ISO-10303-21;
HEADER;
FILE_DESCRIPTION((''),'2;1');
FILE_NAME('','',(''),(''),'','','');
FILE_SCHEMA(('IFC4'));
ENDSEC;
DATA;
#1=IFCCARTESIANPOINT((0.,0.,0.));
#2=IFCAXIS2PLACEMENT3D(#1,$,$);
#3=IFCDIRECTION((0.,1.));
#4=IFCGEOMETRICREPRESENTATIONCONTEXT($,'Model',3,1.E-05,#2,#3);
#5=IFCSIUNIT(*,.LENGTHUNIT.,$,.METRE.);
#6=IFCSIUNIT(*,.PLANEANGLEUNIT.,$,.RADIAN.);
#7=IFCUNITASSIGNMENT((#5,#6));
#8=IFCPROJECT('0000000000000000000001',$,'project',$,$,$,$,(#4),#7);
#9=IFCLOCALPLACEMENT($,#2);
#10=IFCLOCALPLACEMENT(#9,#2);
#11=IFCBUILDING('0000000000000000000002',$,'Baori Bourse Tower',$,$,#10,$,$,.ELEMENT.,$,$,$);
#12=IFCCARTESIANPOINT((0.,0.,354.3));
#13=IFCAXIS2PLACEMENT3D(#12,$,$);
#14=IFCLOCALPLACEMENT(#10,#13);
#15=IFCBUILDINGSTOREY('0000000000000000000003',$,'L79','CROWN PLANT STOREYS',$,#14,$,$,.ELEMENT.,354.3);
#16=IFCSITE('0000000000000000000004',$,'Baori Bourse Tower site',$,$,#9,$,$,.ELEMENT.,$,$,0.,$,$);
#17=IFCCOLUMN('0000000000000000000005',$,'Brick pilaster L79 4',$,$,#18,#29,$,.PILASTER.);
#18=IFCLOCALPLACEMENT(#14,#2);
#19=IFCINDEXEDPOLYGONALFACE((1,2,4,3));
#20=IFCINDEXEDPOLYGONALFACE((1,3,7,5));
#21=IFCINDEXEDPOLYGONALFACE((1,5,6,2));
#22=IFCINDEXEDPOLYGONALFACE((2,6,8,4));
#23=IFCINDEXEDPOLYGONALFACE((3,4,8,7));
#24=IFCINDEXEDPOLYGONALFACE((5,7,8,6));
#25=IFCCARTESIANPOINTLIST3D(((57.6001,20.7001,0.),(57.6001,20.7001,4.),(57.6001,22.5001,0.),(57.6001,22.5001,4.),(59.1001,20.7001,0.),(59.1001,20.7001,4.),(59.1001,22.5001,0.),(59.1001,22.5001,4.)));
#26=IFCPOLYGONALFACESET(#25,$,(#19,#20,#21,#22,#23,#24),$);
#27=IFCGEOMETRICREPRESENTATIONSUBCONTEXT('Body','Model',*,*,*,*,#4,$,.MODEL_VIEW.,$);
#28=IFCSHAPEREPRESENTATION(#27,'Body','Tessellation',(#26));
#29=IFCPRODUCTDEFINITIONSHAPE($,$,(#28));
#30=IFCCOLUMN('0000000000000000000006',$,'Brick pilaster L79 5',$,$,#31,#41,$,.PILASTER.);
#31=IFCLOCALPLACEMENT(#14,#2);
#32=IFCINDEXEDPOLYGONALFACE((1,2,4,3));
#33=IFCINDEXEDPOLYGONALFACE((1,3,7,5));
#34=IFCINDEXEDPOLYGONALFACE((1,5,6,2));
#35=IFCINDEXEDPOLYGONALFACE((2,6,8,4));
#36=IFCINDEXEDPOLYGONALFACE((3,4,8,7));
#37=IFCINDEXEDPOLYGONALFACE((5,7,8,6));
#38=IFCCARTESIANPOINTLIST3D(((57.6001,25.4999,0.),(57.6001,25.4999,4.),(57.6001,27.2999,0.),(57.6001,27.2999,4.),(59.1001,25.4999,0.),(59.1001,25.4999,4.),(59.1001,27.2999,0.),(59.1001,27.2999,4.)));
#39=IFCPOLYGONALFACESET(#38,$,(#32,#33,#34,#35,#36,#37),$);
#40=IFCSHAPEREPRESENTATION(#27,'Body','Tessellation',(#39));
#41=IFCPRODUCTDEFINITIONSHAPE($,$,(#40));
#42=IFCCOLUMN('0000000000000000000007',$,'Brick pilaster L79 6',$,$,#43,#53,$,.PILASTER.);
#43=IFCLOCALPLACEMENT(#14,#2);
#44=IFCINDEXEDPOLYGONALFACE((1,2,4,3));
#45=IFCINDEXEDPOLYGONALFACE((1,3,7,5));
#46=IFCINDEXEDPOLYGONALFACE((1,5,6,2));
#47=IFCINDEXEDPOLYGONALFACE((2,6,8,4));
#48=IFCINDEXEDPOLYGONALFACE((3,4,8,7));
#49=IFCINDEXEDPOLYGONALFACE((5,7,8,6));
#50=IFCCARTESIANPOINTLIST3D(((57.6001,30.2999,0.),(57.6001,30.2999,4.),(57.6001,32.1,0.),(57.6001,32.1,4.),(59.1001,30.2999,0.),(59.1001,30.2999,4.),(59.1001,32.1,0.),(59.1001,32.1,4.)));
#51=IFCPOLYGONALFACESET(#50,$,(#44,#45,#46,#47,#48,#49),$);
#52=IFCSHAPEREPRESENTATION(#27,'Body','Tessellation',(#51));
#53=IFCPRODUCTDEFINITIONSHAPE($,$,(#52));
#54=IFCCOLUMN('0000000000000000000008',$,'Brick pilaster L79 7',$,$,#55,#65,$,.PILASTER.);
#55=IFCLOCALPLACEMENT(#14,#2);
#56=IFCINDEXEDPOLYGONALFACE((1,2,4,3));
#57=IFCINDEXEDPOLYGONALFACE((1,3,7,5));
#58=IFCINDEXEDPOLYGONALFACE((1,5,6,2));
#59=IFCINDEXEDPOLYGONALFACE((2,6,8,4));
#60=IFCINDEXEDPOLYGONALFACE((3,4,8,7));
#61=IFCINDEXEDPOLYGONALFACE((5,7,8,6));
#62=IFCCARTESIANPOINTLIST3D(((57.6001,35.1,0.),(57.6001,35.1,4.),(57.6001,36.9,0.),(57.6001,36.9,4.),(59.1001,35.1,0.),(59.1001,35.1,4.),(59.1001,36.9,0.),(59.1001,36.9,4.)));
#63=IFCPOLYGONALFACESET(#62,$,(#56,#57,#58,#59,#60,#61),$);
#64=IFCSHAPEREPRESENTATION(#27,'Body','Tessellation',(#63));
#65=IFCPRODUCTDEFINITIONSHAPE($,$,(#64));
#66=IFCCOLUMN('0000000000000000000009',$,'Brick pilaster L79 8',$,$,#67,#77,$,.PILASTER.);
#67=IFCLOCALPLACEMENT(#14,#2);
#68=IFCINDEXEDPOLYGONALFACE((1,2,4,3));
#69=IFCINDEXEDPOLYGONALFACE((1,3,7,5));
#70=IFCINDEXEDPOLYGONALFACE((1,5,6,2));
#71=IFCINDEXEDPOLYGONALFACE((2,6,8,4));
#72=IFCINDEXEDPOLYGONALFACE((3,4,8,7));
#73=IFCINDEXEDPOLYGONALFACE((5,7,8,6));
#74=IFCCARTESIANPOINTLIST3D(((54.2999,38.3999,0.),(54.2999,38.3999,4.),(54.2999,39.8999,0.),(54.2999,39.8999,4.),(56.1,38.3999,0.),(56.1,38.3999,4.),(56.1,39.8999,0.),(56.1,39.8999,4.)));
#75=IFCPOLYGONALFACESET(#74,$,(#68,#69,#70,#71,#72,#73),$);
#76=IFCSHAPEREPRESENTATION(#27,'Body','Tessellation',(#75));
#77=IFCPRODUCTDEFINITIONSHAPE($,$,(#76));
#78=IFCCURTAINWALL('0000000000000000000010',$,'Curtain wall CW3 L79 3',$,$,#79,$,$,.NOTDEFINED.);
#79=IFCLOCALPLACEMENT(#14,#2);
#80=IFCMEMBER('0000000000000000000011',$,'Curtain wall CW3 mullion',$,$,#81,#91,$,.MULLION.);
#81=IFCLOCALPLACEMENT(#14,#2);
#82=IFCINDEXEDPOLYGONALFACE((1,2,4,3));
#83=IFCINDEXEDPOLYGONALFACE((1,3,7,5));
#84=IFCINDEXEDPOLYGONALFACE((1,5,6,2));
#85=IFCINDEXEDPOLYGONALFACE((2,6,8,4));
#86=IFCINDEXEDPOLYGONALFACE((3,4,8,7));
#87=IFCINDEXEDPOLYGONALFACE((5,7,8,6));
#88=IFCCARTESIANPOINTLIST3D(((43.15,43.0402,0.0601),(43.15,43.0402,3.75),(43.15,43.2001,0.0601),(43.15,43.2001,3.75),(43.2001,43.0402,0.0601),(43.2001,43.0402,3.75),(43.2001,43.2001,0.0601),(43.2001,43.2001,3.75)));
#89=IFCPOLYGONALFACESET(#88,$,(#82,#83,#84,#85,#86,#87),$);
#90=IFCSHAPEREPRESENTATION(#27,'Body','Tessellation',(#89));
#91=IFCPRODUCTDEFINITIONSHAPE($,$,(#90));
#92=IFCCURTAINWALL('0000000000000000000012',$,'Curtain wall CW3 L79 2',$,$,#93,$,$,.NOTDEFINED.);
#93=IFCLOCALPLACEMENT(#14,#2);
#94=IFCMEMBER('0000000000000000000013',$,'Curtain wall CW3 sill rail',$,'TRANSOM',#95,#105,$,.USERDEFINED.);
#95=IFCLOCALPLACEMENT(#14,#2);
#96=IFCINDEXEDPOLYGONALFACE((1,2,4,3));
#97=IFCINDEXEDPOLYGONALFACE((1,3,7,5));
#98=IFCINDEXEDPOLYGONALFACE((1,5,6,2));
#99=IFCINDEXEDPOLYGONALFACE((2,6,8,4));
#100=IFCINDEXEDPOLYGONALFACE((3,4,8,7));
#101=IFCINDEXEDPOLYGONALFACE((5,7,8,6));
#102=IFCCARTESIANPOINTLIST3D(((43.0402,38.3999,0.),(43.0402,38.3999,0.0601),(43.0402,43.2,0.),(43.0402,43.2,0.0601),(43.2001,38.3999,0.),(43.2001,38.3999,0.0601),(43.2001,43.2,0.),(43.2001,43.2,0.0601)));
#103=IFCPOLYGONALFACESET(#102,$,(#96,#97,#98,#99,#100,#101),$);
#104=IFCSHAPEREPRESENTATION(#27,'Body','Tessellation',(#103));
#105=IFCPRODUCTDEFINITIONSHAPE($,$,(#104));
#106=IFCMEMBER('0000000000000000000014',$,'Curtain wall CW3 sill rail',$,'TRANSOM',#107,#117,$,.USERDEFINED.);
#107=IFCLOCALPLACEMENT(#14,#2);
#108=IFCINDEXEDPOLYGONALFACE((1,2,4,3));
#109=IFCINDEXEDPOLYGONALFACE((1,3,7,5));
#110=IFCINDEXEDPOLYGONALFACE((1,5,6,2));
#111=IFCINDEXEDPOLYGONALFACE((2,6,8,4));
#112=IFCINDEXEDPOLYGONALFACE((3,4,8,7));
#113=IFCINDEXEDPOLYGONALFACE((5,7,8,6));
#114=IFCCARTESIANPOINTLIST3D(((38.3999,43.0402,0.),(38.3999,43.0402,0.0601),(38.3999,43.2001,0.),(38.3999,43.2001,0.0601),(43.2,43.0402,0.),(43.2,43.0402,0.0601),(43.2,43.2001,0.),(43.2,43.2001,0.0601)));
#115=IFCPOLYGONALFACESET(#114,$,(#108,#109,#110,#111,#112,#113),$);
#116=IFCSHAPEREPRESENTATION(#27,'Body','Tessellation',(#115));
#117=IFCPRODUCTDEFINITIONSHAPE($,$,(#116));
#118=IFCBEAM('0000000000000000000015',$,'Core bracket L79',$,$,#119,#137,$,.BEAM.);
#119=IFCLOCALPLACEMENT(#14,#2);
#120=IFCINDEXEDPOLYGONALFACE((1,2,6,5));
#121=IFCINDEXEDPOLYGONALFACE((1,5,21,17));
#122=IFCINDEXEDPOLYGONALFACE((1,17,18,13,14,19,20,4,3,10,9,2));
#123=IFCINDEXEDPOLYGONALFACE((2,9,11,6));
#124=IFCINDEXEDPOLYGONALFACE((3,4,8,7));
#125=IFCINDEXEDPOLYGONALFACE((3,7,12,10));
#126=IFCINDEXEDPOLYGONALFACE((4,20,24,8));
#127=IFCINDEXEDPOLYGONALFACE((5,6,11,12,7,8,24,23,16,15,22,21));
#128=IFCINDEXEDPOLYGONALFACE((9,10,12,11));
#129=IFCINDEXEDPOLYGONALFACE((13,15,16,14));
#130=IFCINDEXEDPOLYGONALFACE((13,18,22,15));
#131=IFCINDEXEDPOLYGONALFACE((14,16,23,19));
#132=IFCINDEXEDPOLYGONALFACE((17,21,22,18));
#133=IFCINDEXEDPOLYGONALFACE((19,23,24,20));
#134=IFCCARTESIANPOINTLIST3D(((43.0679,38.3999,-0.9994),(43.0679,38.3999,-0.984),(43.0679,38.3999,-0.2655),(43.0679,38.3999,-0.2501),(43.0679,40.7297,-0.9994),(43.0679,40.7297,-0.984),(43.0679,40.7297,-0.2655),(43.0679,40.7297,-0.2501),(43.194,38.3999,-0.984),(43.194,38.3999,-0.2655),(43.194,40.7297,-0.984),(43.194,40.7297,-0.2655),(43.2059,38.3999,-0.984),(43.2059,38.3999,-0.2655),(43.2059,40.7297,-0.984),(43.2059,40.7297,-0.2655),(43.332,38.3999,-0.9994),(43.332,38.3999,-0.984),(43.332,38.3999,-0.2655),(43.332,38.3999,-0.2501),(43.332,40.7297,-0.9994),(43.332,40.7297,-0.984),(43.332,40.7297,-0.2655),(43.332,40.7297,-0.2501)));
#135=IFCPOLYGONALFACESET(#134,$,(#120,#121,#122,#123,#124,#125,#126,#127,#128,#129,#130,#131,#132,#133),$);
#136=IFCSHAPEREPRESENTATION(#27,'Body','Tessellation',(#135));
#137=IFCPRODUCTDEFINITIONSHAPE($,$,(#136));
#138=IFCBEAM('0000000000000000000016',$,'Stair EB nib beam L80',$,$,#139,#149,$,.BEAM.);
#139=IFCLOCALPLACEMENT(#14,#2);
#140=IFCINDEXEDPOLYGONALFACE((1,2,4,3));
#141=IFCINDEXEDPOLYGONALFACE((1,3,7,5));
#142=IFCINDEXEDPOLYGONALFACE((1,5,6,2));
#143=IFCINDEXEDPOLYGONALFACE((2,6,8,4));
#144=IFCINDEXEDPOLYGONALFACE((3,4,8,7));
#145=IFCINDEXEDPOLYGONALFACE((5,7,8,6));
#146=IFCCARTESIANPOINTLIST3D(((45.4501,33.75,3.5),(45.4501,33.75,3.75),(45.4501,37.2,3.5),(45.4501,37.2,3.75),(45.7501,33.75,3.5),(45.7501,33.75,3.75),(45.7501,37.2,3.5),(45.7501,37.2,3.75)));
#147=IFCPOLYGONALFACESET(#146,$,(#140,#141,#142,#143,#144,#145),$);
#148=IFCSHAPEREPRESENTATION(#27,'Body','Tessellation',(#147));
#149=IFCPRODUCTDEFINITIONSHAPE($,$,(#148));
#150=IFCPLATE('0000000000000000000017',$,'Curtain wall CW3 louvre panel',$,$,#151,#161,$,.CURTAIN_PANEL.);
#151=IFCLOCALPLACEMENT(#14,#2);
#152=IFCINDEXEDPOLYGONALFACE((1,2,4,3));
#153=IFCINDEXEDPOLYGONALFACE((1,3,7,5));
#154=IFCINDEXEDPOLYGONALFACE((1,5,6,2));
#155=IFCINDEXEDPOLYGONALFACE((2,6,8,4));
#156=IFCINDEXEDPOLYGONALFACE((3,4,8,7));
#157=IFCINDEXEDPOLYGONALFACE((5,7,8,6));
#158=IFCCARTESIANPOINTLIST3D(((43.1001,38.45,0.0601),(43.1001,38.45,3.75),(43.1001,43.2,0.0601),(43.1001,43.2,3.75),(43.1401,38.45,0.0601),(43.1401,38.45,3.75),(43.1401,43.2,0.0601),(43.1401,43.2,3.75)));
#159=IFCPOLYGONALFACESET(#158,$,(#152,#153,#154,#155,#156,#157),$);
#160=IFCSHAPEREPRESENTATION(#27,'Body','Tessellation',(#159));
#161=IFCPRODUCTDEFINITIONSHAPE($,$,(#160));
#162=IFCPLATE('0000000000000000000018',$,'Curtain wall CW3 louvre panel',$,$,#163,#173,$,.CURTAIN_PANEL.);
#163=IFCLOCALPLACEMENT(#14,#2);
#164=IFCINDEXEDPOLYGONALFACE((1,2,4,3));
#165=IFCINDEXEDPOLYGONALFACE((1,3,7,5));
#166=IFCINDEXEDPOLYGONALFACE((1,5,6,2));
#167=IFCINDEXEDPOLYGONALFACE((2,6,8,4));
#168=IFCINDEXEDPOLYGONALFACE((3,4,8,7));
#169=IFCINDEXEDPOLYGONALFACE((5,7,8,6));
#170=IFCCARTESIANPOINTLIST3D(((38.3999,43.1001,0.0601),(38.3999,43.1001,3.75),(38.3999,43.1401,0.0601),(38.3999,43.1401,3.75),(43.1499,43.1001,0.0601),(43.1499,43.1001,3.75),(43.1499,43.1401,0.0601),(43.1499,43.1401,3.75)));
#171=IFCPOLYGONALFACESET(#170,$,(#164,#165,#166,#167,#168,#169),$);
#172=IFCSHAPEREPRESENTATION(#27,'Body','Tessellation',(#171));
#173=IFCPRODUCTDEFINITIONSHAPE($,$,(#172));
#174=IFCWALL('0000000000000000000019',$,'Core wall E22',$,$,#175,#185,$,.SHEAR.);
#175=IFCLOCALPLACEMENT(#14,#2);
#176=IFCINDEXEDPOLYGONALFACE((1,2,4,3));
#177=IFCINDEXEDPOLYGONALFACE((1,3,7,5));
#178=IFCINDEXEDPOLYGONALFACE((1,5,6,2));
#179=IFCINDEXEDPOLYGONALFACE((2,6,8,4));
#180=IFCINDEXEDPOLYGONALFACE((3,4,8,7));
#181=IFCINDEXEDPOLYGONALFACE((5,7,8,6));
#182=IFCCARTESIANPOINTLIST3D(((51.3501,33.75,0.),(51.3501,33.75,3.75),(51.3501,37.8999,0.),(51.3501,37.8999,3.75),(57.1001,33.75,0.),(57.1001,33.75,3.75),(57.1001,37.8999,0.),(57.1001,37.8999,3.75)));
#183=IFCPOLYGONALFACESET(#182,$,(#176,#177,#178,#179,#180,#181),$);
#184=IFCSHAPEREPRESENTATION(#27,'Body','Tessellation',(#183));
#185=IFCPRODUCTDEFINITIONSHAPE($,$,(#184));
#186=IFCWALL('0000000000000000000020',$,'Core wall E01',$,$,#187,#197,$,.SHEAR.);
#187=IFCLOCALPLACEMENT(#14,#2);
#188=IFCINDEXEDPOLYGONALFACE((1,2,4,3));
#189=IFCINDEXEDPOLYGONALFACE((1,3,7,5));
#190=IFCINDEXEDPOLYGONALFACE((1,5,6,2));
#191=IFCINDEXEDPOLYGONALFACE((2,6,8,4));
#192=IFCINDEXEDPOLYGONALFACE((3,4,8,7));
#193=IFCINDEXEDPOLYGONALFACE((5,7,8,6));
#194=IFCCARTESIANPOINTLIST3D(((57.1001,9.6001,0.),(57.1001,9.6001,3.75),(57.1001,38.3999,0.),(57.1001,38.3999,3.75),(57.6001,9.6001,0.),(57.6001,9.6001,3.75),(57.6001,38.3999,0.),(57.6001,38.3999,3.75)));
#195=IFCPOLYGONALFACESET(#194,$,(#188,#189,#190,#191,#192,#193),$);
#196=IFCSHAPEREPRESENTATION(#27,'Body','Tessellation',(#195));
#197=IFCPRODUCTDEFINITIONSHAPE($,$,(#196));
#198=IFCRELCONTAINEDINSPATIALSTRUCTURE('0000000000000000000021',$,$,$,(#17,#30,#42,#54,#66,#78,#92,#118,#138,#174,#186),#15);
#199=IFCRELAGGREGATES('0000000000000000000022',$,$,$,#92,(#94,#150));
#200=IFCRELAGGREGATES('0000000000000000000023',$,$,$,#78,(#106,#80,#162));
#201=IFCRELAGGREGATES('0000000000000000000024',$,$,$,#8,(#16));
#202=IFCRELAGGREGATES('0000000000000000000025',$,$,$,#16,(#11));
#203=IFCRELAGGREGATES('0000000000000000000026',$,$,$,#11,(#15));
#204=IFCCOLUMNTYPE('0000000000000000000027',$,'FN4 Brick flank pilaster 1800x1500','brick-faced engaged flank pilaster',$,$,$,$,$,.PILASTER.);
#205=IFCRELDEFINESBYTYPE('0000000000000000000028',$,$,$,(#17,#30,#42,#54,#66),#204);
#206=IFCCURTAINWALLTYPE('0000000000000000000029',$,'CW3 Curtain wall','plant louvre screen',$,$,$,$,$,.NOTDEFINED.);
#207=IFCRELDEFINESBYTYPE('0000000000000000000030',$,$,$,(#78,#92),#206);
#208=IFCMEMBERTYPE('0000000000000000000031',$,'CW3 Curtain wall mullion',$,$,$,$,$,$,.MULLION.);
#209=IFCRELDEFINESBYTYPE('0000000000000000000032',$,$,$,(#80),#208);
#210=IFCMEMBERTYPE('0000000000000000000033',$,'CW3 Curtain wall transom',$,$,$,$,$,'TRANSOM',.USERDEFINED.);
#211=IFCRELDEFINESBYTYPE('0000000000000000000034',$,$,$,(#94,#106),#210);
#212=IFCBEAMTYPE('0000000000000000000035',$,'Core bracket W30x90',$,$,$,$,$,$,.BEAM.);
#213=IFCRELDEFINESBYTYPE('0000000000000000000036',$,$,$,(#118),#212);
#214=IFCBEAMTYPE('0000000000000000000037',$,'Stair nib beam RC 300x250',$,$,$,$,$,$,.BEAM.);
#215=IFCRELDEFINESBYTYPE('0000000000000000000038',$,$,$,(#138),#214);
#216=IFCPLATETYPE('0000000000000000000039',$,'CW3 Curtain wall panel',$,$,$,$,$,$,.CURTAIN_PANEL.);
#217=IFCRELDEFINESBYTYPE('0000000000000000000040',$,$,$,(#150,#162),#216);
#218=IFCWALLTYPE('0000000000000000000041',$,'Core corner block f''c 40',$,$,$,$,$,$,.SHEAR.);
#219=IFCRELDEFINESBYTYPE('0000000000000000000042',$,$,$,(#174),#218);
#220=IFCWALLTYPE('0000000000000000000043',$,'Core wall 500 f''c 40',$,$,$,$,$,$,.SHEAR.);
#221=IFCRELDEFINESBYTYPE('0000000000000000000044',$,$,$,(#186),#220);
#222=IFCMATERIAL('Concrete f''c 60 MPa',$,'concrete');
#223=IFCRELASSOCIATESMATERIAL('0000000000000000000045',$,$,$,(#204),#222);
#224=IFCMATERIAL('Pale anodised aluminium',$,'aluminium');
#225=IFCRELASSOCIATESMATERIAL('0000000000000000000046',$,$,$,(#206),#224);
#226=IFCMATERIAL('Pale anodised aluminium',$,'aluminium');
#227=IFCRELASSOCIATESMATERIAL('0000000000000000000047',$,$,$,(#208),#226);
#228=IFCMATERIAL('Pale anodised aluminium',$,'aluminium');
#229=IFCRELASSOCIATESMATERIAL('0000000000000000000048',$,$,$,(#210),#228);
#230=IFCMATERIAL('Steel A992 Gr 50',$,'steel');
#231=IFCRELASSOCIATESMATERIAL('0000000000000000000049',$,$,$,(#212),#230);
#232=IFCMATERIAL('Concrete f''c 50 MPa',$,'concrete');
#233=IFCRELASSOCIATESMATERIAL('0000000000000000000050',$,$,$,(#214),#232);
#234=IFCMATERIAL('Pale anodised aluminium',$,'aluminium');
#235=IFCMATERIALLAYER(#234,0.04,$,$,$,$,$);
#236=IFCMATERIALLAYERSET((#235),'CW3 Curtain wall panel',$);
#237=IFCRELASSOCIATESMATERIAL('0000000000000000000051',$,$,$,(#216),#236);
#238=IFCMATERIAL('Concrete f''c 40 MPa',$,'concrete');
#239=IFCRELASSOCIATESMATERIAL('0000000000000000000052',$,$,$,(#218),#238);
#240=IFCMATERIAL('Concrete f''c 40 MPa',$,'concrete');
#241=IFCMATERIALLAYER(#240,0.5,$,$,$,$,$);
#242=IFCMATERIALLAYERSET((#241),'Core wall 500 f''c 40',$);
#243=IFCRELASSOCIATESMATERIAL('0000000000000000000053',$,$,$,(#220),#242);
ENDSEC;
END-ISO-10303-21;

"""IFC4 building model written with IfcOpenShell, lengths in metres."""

from ifc_helpers import new_model, si_unit, direction, frame, frame_2d, origin, origin_2d, place, context, subcontext, project, spatial, rectangle, i_section, extrude, material, layer, layer_set, material_profile, profile_set, type_object, element, aggregate, save


model = new_model("IFC4")

# Units and contexts
model_context = context("Model", 3, precision=1e-05, world=origin(), true_north=direction((0.0, 1.0)))
body_context = subcontext(model_context, "Body", "Model", "MODEL_VIEW")
ifc_project = project(units=[si_unit("LENGTHUNIT", "METRE"), si_unit("PLANEANGLEUNIT", "RADIAN")], contexts=[model_context])

# Site, building, storey
site_placement = place(None, origin())
site = spatial("IfcSite", under=ifc_project, at=site_placement, Name="Baori Bourse Tower site", CompositionType="ELEMENT", RefElevation=0.0)
building_placement = place(site_placement, origin())
building = spatial("IfcBuilding", under=site, at=building_placement, Name="Baori Bourse Tower", CompositionType="ELEMENT")
storey_placement = place(building_placement, frame((0.0, 0.0, 354.3)))
storey = spatial("IfcBuildingStorey", under=building, at=storey_placement, Name="L79", Description="CROWN PLANT STOREYS", CompositionType="ELEMENT", Elevation=354.3)

# Columns
ifc_material_1 = material(Name="Concrete f'c 60 MPa", Category="concrete")
ifc_material_profile_1 = material_profile(ifc_material_1, rectangle(XDim=1.8, YDim=1.5, at=origin_2d()), Name="RC 1800x1500")
ifc_profile_set_1 = profile_set([ifc_material_profile_1], Name="Concrete f'c 60 MPa")
column_type = type_object("IfcColumnType", Name="FN4 Brick flank pilaster 1800x1500", Description="brick-faced engaged flank pilaster", PredefinedType="PILASTER", material=ifc_profile_set_1)
for number, where, z_axis, x_axis, name in (
    (1, (58.3501, 21.6001, 0.0), (0.0, 0.0, 1.0), (0.0, 1.0, 0.0), "Brick pilaster L79 4"),
    (2, (58.3501, 26.3999, 0.0), (0.0, 0.0, 1.0), (0.0, 1.0, 0.0), "Brick pilaster L79 5"),
    (3, (58.3501, 31.2, 0.0), (0.0, 0.0, 1.0), (0.0, 1.0, 0.0), "Brick pilaster L79 6"),
    (4, (58.3501, 36.0, 0.0), (0.0, 0.0, 1.0), (0.0, 1.0, 0.0), "Brick pilaster L79 7"),
    (5, (55.2, 39.1499, 0.0), (0.0, 0.0, 1.0), (1.0, 0.0, 0.0), "Brick pilaster L79 8"),
):
    element("IfcColumn", number, at=place(storey_placement, frame(where, z_axis=z_axis, x_axis=x_axis)), inside=storey, type_object=column_type, Name=name, PredefinedType="PILASTER", context=body_context, shape_type="SweptSolid", body=[
        extrude(rectangle(XDim=1.8, YDim=1.5, at=origin_2d()), origin(), (0.0, 0.0, 1.0), 4.0),
    ])

# Curtain walls, members
ifc_material_2 = material(Name="Pale anodised aluminium", Category="aluminium")
curtain_wall_type = type_object("IfcCurtainWallType", Name="CW3 Curtain wall", Description="plant louvre screen", PredefinedType="NOTDEFINED", material=ifc_material_2)
curtain_wall_1_placement = place(storey_placement, origin())
curtain_wall_1 = element("IfcCurtainWall", 6, at=curtain_wall_1_placement, inside=storey, type_object=curtain_wall_type, Name="Curtain wall CW3 L79 3", PredefinedType="NOTDEFINED")
ifc_material_3 = material(Name="Pale anodised aluminium", Category="aluminium")
ifc_material_profile_2 = material_profile(ifc_material_3, rectangle(XDim=0.1599, YDim=0.05, at=origin_2d()), Name="Mullion 50x160")
ifc_profile_set_2 = profile_set([ifc_material_profile_2], Name="Pale anodised aluminium")
member_type_1 = type_object("IfcMemberType", Name="CW3 Curtain wall mullion", PredefinedType="MULLION", material=ifc_profile_set_2)
member_1_placement = place(storey_placement, frame((43.175, 43.1201, 0.0601), z_axis=(0.0, 0.0, 1.0), x_axis=(0.0, -1.0, 0.0)))
member_1 = element("IfcMember", 7, at=member_1_placement, type_object=member_type_1, Name="Curtain wall CW3 mullion", PredefinedType="MULLION", context=body_context, shape_type="SweptSolid", body=[
    extrude(rectangle(XDim=0.1599, YDim=0.05, at=origin_2d()), origin(), (0.0, 0.0, 1.0), 3.6899),
])
curtain_wall_2_placement = place(storey_placement, origin())
curtain_wall_2 = element("IfcCurtainWall", 8, at=curtain_wall_2_placement, inside=storey, type_object=curtain_wall_type, Name="Curtain wall CW3 L79 2", PredefinedType="NOTDEFINED")
ifc_material_4 = material(Name="Pale anodised aluminium", Category="aluminium")
ifc_material_profile_3 = material_profile(ifc_material_4, rectangle(XDim=0.1599, YDim=0.0601, at=origin_2d()), Name="Transom 60x160")
ifc_profile_set_3 = profile_set([ifc_material_profile_3], Name="Pale anodised aluminium")
member_type_2 = type_object("IfcMemberType", Name="CW3 Curtain wall transom", ElementType="TRANSOM", PredefinedType="USERDEFINED", material=ifc_profile_set_3)
member_2_placement = place(storey_placement, frame((43.1201, 38.3999, 0.03), z_axis=(0.0, 1.0, 0.0), x_axis=(-1.0, 0.0, 0.0)))
member_2 = element("IfcMember", 9, at=member_2_placement, type_object=member_type_2, Name="Curtain wall CW3 sill rail", ObjectType="TRANSOM", PredefinedType="USERDEFINED", context=body_context, shape_type="SweptSolid", body=[
    extrude(rectangle(XDim=0.1599, YDim=0.0601, at=origin_2d()), origin(), (0.0, 0.0, 1.0), 4.8),
])

# Member
member_3_placement = place(storey_placement, frame((43.2, 43.1201, 0.03), z_axis=(-1.0, 0.0, 0.0), x_axis=(0.0, -1.0, 0.0)))
member_3 = element("IfcMember", 10, at=member_3_placement, type_object=member_type_2, Name="Curtain wall CW3 sill rail", ObjectType="TRANSOM", PredefinedType="USERDEFINED", context=body_context, shape_type="SweptSolid", body=[
    extrude(rectangle(XDim=0.1599, YDim=0.0601, at=origin_2d()), origin(), (0.0, 0.0, 1.0), 4.8),
])

# Beams
ifc_material_5 = material(Name="Steel A992 Gr 50", Category="steel")
ifc_material_profile_4 = material_profile(ifc_material_5, i_section(OverallWidth=0.2642, OverallDepth=0.7493, WebThickness=0.012, FlangeThickness=0.0154, at=origin_2d()), Name="W30x90")
ifc_profile_set_4 = profile_set([ifc_material_profile_4], Name="Steel A992 Gr 50")
beam_type_1 = type_object("IfcBeamType", Name="Core bracket W30x90", PredefinedType="BEAM", material=ifc_profile_set_4)
beam_1_placement = place(storey_placement, frame((43.2, 38.3999, -0.6248), z_axis=(0.0, 1.0, 0.0), x_axis=(-1.0, 0.0, 0.0)))
element("IfcBeam", 11, at=beam_1_placement, inside=storey, type_object=beam_type_1, Name="Core bracket L79", PredefinedType="BEAM", context=body_context, shape_type="SweptSolid", body=[
    extrude(i_section(OverallWidth=0.2642, OverallDepth=0.7493, WebThickness=0.012, FlangeThickness=0.0154, at=origin_2d()), origin(), (0.0, 0.0, 1.0), 2.3298),
])
ifc_material_6 = material(Name="Concrete f'c 50 MPa", Category="concrete")
ifc_material_profile_5 = material_profile(ifc_material_6, rectangle(XDim=0.3, YDim=0.25, at=origin_2d()), Name="RC 300x250")
ifc_profile_set_5 = profile_set([ifc_material_profile_5], Name="Concrete f'c 50 MPa")
beam_type_2 = type_object("IfcBeamType", Name="Stair nib beam RC 300x250", PredefinedType="BEAM", material=ifc_profile_set_5)
beam_2_placement = place(storey_placement, frame((45.6001, 33.75, 3.625), z_axis=(0.0, 1.0, 0.0), x_axis=(-1.0, 0.0, 0.0)))
element("IfcBeam", 12, at=beam_2_placement, inside=storey, type_object=beam_type_2, Name="Stair EB nib beam L80", PredefinedType="BEAM", context=body_context, shape_type="SweptSolid", body=[
    extrude(rectangle(XDim=0.3, YDim=0.25, at=origin_2d()), origin(), (0.0, 0.0, 1.0), 3.45),
])

# Plates
ifc_material_7 = material(Name="Pale anodised aluminium", Category="aluminium")
ifc_layer_1 = layer(ifc_material_7, 0.04)
ifc_layer_set_1 = layer_set([ifc_layer_1], Name="CW3 Curtain wall panel")
plate_type = type_object("IfcPlateType", Name="CW3 Curtain wall panel", PredefinedType="CURTAIN_PANEL", material=ifc_layer_set_1)
plate_1_placement = place(storey_placement, frame((43.1201, 40.825, 0.0601), z_axis=(0.0, 0.0, 1.0), x_axis=(0.0, 1.0, 0.0)))
plate_1 = element("IfcPlate", 13, at=plate_1_placement, type_object=plate_type, Name="Curtain wall CW3 louvre panel", PredefinedType="CURTAIN_PANEL", context=body_context, shape_type="SweptSolid", body=[
    extrude(rectangle(XDim=4.75, YDim=0.04, at=origin_2d()), origin(), (0.0, 0.0, 1.0), 3.6899),
])
aggregate(curtain_wall_2, [member_2, plate_1])
plate_2_placement = place(storey_placement, frame((40.7749, 43.1201, 0.0601), z_axis=(0.0, 0.0, 1.0), x_axis=(-1.0, 0.0, 0.0)))
plate_2 = element("IfcPlate", 14, at=plate_2_placement, type_object=plate_type, Name="Curtain wall CW3 louvre panel", PredefinedType="CURTAIN_PANEL", context=body_context, shape_type="SweptSolid", body=[
    extrude(rectangle(XDim=4.75, YDim=0.04, at=origin_2d()), origin(), (0.0, 0.0, 1.0), 3.6899),
])
aggregate(curtain_wall_1, [member_3, member_1, plate_2])

# Walls
ifc_material_8 = material(Name="Concrete f'c 40 MPa", Category="concrete")
wall_type_1 = type_object("IfcWallType", Name="Core corner block f'c 40", PredefinedType="SHEAR", material=ifc_material_8)
wall_1_placement = place(storey_placement, frame((51.3501, 35.825, 0.0), z_axis=(0.0, 0.0, 1.0), x_axis=(1.0, 0.0, 0.0)))
element("IfcWall", 15, at=wall_1_placement, inside=storey, type_object=wall_type_1, Name="Core wall E22", PredefinedType="SHEAR", context=body_context, shape_type="SweptSolid", body=[
    extrude(rectangle(XDim=5.75, YDim=4.1499, at=frame_2d((2.875, 0.0))), origin(), (0.0, 0.0, 1.0), 3.75),
])
ifc_material_9 = material(Name="Concrete f'c 40 MPa", Category="concrete")
ifc_layer_2 = layer(ifc_material_9, 0.5)
ifc_layer_set_2 = layer_set([ifc_layer_2], Name="Core wall 500 f'c 40")
wall_type_2 = type_object("IfcWallType", Name="Core wall 500 f'c 40", PredefinedType="SHEAR", material=ifc_layer_set_2)
wall_2_placement = place(storey_placement, frame((57.3501, 38.3999, 0.0), z_axis=(0.0, 0.0, 1.0), x_axis=(0.0, -1.0, 0.0)))
element("IfcWall", 16, at=wall_2_placement, inside=storey, type_object=wall_type_2, Name="Core wall E01", PredefinedType="SHEAR", context=body_context, shape_type="SweptSolid", body=[
    extrude(rectangle(XDim=28.7998, YDim=0.5, at=frame_2d((14.3999, 0.0))), origin(), (0.0, 0.0, 1.0), 3.75),
])

save(model, "model.ifc")
